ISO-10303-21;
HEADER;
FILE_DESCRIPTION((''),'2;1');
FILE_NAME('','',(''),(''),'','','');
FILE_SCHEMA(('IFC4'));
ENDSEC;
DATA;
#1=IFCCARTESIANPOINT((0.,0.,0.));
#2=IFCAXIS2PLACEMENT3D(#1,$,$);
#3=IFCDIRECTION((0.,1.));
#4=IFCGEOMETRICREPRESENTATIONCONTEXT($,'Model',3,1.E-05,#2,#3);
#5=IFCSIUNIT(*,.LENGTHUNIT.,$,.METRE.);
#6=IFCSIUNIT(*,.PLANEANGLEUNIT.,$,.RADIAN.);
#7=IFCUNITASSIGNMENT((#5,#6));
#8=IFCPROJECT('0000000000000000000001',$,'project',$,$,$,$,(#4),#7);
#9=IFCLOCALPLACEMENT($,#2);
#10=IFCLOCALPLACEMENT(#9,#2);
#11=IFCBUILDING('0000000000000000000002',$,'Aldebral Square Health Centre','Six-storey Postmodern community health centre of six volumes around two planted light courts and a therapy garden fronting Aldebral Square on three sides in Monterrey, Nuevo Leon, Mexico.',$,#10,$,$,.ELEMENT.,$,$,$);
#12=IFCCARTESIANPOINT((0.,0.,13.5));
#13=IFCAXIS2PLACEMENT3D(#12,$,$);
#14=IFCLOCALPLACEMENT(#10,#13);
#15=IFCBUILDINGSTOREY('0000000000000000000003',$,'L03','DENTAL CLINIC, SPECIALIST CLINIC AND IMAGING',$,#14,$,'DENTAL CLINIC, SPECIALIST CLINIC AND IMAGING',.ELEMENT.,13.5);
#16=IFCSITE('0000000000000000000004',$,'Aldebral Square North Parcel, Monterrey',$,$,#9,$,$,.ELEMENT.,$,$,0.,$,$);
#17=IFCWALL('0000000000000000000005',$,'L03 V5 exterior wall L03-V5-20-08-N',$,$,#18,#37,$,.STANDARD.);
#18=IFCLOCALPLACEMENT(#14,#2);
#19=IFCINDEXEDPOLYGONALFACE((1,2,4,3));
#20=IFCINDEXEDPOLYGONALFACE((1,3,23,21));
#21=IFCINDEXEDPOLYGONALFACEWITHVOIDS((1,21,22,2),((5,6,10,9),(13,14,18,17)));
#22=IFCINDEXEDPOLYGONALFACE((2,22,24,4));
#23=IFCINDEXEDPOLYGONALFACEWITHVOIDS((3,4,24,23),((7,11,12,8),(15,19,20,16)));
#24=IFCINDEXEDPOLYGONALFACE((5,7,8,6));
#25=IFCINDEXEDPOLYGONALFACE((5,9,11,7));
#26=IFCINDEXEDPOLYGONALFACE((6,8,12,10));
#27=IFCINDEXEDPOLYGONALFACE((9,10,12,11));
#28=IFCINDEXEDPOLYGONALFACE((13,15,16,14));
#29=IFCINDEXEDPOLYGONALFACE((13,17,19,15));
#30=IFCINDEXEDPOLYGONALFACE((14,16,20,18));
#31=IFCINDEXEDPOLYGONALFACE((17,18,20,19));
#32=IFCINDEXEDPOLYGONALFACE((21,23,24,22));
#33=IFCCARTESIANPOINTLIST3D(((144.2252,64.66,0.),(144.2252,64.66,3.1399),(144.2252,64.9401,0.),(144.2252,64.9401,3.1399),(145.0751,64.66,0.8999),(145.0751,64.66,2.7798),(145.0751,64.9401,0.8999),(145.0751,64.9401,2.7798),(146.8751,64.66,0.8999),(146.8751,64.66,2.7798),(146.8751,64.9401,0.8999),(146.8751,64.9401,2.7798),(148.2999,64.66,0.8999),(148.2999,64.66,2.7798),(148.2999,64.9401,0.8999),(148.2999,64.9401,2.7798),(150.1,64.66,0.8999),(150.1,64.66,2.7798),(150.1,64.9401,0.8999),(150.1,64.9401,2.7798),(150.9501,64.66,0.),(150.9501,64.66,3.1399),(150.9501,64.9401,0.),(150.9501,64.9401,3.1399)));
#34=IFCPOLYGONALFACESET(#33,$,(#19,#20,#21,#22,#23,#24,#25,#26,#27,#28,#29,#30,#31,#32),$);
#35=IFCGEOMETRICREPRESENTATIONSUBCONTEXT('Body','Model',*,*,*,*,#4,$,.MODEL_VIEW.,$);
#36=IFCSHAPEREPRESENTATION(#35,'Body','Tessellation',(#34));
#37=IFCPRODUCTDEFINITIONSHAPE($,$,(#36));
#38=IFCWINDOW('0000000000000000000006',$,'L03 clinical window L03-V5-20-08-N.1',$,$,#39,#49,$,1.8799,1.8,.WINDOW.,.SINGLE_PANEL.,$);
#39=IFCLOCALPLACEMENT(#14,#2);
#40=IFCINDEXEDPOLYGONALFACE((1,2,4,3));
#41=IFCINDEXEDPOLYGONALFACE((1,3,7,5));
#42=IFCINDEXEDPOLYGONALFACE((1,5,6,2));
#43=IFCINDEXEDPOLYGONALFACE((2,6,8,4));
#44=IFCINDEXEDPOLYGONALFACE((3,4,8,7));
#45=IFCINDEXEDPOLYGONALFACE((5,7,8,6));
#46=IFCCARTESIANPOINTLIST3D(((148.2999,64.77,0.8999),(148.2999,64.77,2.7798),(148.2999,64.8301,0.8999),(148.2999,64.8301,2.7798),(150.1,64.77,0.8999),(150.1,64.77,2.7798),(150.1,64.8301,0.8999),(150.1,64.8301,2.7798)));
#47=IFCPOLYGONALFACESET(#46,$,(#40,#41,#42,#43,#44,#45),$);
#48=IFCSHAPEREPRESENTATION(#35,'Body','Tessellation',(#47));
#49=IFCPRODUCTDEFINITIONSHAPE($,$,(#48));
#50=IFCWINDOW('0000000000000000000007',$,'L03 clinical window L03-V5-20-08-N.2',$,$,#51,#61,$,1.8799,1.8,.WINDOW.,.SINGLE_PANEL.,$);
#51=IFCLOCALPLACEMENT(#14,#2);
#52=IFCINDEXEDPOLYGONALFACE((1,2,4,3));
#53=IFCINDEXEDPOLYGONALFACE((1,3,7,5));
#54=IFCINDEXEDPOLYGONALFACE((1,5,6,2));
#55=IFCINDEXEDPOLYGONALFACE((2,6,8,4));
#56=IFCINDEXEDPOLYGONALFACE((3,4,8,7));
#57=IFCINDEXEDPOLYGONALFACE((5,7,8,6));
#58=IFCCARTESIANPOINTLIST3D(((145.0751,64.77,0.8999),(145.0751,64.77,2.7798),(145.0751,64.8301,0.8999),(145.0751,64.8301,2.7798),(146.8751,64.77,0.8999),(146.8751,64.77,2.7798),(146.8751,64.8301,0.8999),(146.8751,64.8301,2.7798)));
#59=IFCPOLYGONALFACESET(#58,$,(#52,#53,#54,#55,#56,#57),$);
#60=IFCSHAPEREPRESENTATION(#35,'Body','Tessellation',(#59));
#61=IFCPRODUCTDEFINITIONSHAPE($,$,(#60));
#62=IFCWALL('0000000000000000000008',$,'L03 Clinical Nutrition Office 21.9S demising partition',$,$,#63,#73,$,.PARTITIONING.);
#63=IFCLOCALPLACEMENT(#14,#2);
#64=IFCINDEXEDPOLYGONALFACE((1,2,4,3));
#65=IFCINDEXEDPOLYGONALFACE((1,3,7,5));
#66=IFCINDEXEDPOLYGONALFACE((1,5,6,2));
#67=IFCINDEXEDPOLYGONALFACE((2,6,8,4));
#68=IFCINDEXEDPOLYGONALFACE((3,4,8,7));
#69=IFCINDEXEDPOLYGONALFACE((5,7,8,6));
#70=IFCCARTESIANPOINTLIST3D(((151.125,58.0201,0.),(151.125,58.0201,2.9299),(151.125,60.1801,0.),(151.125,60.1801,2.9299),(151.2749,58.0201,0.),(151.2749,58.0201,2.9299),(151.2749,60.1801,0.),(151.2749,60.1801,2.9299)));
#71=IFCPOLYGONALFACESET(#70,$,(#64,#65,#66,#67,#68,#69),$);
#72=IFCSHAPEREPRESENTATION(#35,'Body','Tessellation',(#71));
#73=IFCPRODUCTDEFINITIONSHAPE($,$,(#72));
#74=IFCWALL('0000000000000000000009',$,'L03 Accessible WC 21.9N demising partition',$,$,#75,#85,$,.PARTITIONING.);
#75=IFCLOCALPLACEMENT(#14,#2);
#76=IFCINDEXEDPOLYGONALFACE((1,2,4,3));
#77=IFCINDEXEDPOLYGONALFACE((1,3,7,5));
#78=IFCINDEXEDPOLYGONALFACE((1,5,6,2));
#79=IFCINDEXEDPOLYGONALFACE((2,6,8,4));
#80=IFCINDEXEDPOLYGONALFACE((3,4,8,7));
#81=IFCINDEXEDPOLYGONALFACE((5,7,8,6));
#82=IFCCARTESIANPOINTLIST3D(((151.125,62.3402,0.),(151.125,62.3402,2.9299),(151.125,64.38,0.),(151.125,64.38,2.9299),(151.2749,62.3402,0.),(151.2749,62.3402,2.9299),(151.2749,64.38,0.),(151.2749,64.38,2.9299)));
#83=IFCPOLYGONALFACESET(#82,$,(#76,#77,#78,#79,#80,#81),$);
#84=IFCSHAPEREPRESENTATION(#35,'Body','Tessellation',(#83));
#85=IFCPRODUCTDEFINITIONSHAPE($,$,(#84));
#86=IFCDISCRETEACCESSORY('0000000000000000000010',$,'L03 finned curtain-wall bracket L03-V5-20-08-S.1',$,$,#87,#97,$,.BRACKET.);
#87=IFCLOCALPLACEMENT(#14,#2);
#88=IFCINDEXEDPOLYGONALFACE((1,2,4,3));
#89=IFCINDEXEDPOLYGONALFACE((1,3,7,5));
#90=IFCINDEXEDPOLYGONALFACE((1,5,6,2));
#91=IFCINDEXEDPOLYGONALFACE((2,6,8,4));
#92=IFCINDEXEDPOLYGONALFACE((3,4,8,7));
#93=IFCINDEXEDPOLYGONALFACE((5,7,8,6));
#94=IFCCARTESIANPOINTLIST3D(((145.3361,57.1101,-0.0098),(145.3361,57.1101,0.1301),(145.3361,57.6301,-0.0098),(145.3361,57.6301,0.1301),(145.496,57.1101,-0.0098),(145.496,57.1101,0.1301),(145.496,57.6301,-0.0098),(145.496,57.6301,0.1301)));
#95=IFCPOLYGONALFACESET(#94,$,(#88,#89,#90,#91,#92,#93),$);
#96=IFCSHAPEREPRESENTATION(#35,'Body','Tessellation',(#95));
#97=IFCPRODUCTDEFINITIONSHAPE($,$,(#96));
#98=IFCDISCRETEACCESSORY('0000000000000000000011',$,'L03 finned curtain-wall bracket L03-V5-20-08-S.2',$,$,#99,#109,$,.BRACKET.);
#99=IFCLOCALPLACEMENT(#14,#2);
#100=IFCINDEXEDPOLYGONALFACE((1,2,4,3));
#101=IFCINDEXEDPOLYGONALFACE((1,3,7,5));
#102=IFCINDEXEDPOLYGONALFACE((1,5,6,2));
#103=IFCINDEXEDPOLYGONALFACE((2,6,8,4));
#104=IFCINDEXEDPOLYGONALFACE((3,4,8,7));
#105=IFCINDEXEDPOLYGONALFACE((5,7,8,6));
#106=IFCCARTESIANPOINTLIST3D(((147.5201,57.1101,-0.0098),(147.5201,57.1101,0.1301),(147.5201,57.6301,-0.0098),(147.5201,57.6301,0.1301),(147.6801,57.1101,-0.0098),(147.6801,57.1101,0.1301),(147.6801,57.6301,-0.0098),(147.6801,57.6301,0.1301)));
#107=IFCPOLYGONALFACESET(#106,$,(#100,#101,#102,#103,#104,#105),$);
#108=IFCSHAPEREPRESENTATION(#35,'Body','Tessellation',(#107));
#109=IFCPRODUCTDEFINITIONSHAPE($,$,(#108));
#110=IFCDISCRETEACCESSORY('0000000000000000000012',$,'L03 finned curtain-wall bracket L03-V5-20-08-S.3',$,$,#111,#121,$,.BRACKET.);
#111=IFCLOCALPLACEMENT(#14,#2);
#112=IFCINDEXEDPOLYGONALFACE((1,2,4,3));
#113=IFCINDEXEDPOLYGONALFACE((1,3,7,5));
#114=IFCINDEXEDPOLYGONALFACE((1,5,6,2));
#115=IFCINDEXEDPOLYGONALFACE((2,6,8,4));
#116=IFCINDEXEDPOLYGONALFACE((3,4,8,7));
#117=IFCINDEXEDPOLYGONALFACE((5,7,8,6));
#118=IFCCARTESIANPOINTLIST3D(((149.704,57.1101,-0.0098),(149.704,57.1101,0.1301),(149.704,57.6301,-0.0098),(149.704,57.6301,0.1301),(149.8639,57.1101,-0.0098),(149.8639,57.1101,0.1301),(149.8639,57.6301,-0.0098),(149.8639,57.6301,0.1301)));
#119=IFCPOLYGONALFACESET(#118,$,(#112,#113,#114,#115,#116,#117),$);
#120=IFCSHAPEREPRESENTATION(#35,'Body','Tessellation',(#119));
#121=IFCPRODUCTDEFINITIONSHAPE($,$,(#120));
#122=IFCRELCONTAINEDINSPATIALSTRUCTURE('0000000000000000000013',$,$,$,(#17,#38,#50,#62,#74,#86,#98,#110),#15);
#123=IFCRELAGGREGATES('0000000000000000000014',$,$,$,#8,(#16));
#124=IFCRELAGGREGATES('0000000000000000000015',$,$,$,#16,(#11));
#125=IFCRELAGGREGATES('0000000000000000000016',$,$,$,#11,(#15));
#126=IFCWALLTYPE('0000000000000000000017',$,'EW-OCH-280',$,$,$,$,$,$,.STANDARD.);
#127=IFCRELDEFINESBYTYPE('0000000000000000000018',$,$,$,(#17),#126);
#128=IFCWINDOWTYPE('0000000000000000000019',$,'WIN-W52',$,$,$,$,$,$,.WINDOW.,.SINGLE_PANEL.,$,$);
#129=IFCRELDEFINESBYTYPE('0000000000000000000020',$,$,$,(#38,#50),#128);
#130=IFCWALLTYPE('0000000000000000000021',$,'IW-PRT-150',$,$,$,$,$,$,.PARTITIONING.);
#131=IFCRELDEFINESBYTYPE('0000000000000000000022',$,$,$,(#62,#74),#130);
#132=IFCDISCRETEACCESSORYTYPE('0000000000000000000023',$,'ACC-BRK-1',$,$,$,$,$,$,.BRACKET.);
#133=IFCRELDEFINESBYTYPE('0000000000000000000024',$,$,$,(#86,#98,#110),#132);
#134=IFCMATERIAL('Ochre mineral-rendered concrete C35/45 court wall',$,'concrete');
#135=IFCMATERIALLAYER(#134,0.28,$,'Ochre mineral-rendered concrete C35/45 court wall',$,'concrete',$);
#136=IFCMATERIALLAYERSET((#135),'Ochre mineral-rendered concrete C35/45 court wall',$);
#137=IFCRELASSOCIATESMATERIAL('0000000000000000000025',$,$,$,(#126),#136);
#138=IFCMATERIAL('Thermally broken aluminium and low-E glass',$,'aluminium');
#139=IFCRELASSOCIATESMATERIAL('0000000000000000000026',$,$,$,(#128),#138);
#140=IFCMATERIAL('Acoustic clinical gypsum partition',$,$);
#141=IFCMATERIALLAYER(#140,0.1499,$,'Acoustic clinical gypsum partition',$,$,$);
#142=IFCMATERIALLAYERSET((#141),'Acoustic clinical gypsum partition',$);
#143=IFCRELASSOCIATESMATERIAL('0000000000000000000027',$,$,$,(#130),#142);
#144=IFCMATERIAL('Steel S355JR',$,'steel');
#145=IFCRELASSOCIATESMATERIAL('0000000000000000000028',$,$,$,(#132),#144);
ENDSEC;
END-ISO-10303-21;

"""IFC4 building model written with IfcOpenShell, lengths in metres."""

from ifc_helpers import new_model, si_unit, direction, frame, frame_2d, origin, origin_2d, place, context, subcontext, project, spatial, rectangle, extrude, material, layer, layer_set, type_object, element, fill, save


model = new_model("IFC4")

# Units and contexts
model_context = context("Model", 3, precision=1e-05, world=origin(), true_north=direction((0.0, 1.0)))
body_context = subcontext(model_context, "Body", "Model", "MODEL_VIEW")
ifc_project = project(units=[si_unit("LENGTHUNIT", "METRE"), si_unit("PLANEANGLEUNIT", "RADIAN")], contexts=[model_context])

# Site, building, storey
site_placement = place(None, origin())
site = spatial("IfcSite", under=ifc_project, at=site_placement, Name="Aldebral Square North Parcel, Monterrey", CompositionType="ELEMENT", RefElevation=0.0)
building_placement = place(site_placement, origin())
building = spatial("IfcBuilding", under=site, at=building_placement, Name="Aldebral Square Health Centre", Description="Six-storey Postmodern community health centre of six volumes around two planted light courts and a therapy garden fronting Aldebral Square on three sides in Monterrey, Nuevo Leon, Mexico.", CompositionType="ELEMENT")
storey_placement = place(building_placement, frame((0.0, 0.0, 13.5)))
storey = spatial("IfcBuildingStorey", under=building, at=storey_placement, Name="L03", Description="DENTAL CLINIC, SPECIALIST CLINIC AND IMAGING", LongName="DENTAL CLINIC, SPECIALIST CLINIC AND IMAGING", CompositionType="ELEMENT", Elevation=13.5)

# Wall, openings, windows
ifc_material_1 = material(Name="Ochre mineral-rendered concrete C35/45 court wall", Category="concrete")
ifc_layer_1 = layer(ifc_material_1, 0.28, Name="Ochre mineral-rendered concrete C35/45 court wall", Category="concrete")
ifc_layer_set_1 = layer_set([ifc_layer_1], Name="Ochre mineral-rendered concrete C35/45 court wall")
wall_type_1 = type_object("IfcWallType", Name="EW-OCH-280", PredefinedType="STANDARD", material=ifc_layer_set_1)
wall_1_placement = place(storey_placement, frame((150.95, 64.8, 0.0), z_axis=(0.0, 0.0, 1.0), x_axis=(-1.0, 0.0, 0.0)))
wall_1 = element("IfcWall", 1, at=wall_1_placement, inside=storey, type_object=wall_type_1, Name="L03 V5 exterior wall L03-V5-20-08-N", PredefinedType="STANDARD", context=body_context, shape_type="SweptSolid", body=[
    extrude(rectangle(XDim=6.7249, YDim=0.28, at=frame_2d((3.3623, 0.0))), origin(), (0.0, 0.0, 1.0), 3.1399),
])
opening_1_placement = place(wall_1_placement, frame((0.8501, 0.0, 0.8999)))
opening_1 = element("IfcOpeningElement", 2, at=opening_1_placement, cuts=wall_1, PredefinedType="OPENING", context=body_context, shape_type="SweptSolid", body=[
    extrude(rectangle(XDim=1.8, YDim=1.8799, at=frame_2d((0.8999, 0.9399))), frame((0.0, 0.1499, 0.0), z_axis=(0.0, -1.0, 0.0), x_axis=(1.0, 0.0, 0.0)), (0.0, 0.0, 1.0), 0.3),
])
opening_2_placement = place(wall_1_placement, frame((4.075, 0.0, 0.8999)))
opening_2 = element("IfcOpeningElement", 3, at=opening_2_placement, cuts=wall_1, PredefinedType="OPENING", context=body_context, shape_type="SweptSolid", body=[
    extrude(rectangle(XDim=1.8, YDim=1.8799, at=frame_2d((0.8999, 0.9399))), frame((0.0, 0.1499, 0.0), z_axis=(0.0, -1.0, 0.0), x_axis=(1.0, 0.0, 0.0)), (0.0, 0.0, 1.0), 0.3),
])
ifc_material_2 = material(Name="Thermally broken aluminium and low-E glass", Category="aluminium")
window_type = type_object("IfcWindowType", Name="WIN-W52", PartitioningType="SINGLE_PANEL", PredefinedType="WINDOW", material=ifc_material_2)
window_1_placement = place(opening_1_placement, origin())
window_1 = element("IfcWindow", 4, at=window_1_placement, inside=storey, type_object=window_type, Name="L03 clinical window L03-V5-20-08-N.1", OverallHeight=1.8799, OverallWidth=1.8, PartitioningType="SINGLE_PANEL", PredefinedType="WINDOW", context=body_context, shape_type="SweptSolid", body=[
    extrude(rectangle(XDim=1.8, YDim=1.8799, at=frame_2d((0.8999, 0.9399))), frame((0.0, 0.03, 0.0), z_axis=(0.0, -1.0, 0.0), x_axis=(1.0, 0.0, 0.0)), (0.0, 0.0, 1.0), 0.0601),
])
fill(opening_1, window_1)
window_2_placement = place(opening_2_placement, origin())
window_2 = element("IfcWindow", 5, at=window_2_placement, inside=storey, type_object=window_type, Name="L03 clinical window L03-V5-20-08-N.2", OverallHeight=1.8799, OverallWidth=1.8, PartitioningType="SINGLE_PANEL", PredefinedType="WINDOW", context=body_context, shape_type="SweptSolid", body=[
    extrude(rectangle(XDim=1.8, YDim=1.8799, at=frame_2d((0.8999, 0.9399))), frame((0.0, 0.03, 0.0), z_axis=(0.0, -1.0, 0.0), x_axis=(1.0, 0.0, 0.0)), (0.0, 0.0, 1.0), 0.0601),
])
fill(opening_2, window_2)

# Walls
ifc_material_3 = material(Name="Acoustic clinical gypsum partition")
ifc_layer_2 = layer(ifc_material_3, 0.1499, Name="Acoustic clinical gypsum partition")
ifc_layer_set_2 = layer_set([ifc_layer_2], Name="Acoustic clinical gypsum partition")
wall_type_2 = type_object("IfcWallType", Name="IW-PRT-150", PredefinedType="PARTITIONING", material=ifc_layer_set_2)
wall_2_placement = place(storey_placement, frame((151.2, 58.02, 0.0), z_axis=(0.0, 0.0, 1.0), x_axis=(0.0, 1.0, 0.0)))
element("IfcWall", 6, at=wall_2_placement, inside=storey, type_object=wall_type_2, Name="L03 Clinical Nutrition Office 21.9S demising partition", PredefinedType="PARTITIONING", context=body_context, shape_type="SweptSolid", body=[
    extrude(rectangle(XDim=2.1599, YDim=0.1499, at=frame_2d((1.0801, 0.0))), origin(), (0.0, 0.0, 1.0), 2.9299),
])
wall_3_placement = place(storey_placement, frame((151.2, 62.3401, 0.0), z_axis=(0.0, 0.0, 1.0), x_axis=(0.0, 1.0, 0.0)))
element("IfcWall", 7, at=wall_3_placement, inside=storey, type_object=wall_type_2, Name="L03 Accessible WC 21.9N demising partition", PredefinedType="PARTITIONING", context=body_context, shape_type="SweptSolid", body=[
    extrude(rectangle(XDim=2.0398, YDim=0.1499, at=frame_2d((1.02, 0.0))), origin(), (0.0, 0.0, 1.0), 2.9299),
])

# Discrete accessories
ifc_material_4 = material(Name="Steel S355JR", Category="steel")
discrete_accessory_type = type_object("IfcDiscreteAccessoryType", Name="ACC-BRK-1", PredefinedType="BRACKET", material=ifc_material_4)
for number, where, z_axis, x_axis, name in (
    (8, (145.416, 57.3701, -0.0098), (0.0, 0.0, 1.0), (1.0, 0.0, 0.0), "L03 finned curtain-wall bracket L03-V5-20-08-S.1"),
    (9, (147.6001, 57.3701, -0.0098), (0.0, 0.0, 1.0), (1.0, 0.0, 0.0), "L03 finned curtain-wall bracket L03-V5-20-08-S.2"),
    (10, (149.7839, 57.3701, -0.0098), (0.0, 0.0, 1.0), (1.0, 0.0, 0.0), "L03 finned curtain-wall bracket L03-V5-20-08-S.3"),
):
    element("IfcDiscreteAccessory", number, at=place(storey_placement, frame(where, z_axis=z_axis, x_axis=x_axis)), inside=storey, type_object=discrete_accessory_type, Name=name, PredefinedType="BRACKET", context=body_context, shape_type="SweptSolid", body=[
        extrude(rectangle(XDim=0.1599, YDim=0.52, at=origin_2d()), origin(), (0.0, 0.0, 1.0), 0.1399),
    ])

save(model, "model.ifc")
